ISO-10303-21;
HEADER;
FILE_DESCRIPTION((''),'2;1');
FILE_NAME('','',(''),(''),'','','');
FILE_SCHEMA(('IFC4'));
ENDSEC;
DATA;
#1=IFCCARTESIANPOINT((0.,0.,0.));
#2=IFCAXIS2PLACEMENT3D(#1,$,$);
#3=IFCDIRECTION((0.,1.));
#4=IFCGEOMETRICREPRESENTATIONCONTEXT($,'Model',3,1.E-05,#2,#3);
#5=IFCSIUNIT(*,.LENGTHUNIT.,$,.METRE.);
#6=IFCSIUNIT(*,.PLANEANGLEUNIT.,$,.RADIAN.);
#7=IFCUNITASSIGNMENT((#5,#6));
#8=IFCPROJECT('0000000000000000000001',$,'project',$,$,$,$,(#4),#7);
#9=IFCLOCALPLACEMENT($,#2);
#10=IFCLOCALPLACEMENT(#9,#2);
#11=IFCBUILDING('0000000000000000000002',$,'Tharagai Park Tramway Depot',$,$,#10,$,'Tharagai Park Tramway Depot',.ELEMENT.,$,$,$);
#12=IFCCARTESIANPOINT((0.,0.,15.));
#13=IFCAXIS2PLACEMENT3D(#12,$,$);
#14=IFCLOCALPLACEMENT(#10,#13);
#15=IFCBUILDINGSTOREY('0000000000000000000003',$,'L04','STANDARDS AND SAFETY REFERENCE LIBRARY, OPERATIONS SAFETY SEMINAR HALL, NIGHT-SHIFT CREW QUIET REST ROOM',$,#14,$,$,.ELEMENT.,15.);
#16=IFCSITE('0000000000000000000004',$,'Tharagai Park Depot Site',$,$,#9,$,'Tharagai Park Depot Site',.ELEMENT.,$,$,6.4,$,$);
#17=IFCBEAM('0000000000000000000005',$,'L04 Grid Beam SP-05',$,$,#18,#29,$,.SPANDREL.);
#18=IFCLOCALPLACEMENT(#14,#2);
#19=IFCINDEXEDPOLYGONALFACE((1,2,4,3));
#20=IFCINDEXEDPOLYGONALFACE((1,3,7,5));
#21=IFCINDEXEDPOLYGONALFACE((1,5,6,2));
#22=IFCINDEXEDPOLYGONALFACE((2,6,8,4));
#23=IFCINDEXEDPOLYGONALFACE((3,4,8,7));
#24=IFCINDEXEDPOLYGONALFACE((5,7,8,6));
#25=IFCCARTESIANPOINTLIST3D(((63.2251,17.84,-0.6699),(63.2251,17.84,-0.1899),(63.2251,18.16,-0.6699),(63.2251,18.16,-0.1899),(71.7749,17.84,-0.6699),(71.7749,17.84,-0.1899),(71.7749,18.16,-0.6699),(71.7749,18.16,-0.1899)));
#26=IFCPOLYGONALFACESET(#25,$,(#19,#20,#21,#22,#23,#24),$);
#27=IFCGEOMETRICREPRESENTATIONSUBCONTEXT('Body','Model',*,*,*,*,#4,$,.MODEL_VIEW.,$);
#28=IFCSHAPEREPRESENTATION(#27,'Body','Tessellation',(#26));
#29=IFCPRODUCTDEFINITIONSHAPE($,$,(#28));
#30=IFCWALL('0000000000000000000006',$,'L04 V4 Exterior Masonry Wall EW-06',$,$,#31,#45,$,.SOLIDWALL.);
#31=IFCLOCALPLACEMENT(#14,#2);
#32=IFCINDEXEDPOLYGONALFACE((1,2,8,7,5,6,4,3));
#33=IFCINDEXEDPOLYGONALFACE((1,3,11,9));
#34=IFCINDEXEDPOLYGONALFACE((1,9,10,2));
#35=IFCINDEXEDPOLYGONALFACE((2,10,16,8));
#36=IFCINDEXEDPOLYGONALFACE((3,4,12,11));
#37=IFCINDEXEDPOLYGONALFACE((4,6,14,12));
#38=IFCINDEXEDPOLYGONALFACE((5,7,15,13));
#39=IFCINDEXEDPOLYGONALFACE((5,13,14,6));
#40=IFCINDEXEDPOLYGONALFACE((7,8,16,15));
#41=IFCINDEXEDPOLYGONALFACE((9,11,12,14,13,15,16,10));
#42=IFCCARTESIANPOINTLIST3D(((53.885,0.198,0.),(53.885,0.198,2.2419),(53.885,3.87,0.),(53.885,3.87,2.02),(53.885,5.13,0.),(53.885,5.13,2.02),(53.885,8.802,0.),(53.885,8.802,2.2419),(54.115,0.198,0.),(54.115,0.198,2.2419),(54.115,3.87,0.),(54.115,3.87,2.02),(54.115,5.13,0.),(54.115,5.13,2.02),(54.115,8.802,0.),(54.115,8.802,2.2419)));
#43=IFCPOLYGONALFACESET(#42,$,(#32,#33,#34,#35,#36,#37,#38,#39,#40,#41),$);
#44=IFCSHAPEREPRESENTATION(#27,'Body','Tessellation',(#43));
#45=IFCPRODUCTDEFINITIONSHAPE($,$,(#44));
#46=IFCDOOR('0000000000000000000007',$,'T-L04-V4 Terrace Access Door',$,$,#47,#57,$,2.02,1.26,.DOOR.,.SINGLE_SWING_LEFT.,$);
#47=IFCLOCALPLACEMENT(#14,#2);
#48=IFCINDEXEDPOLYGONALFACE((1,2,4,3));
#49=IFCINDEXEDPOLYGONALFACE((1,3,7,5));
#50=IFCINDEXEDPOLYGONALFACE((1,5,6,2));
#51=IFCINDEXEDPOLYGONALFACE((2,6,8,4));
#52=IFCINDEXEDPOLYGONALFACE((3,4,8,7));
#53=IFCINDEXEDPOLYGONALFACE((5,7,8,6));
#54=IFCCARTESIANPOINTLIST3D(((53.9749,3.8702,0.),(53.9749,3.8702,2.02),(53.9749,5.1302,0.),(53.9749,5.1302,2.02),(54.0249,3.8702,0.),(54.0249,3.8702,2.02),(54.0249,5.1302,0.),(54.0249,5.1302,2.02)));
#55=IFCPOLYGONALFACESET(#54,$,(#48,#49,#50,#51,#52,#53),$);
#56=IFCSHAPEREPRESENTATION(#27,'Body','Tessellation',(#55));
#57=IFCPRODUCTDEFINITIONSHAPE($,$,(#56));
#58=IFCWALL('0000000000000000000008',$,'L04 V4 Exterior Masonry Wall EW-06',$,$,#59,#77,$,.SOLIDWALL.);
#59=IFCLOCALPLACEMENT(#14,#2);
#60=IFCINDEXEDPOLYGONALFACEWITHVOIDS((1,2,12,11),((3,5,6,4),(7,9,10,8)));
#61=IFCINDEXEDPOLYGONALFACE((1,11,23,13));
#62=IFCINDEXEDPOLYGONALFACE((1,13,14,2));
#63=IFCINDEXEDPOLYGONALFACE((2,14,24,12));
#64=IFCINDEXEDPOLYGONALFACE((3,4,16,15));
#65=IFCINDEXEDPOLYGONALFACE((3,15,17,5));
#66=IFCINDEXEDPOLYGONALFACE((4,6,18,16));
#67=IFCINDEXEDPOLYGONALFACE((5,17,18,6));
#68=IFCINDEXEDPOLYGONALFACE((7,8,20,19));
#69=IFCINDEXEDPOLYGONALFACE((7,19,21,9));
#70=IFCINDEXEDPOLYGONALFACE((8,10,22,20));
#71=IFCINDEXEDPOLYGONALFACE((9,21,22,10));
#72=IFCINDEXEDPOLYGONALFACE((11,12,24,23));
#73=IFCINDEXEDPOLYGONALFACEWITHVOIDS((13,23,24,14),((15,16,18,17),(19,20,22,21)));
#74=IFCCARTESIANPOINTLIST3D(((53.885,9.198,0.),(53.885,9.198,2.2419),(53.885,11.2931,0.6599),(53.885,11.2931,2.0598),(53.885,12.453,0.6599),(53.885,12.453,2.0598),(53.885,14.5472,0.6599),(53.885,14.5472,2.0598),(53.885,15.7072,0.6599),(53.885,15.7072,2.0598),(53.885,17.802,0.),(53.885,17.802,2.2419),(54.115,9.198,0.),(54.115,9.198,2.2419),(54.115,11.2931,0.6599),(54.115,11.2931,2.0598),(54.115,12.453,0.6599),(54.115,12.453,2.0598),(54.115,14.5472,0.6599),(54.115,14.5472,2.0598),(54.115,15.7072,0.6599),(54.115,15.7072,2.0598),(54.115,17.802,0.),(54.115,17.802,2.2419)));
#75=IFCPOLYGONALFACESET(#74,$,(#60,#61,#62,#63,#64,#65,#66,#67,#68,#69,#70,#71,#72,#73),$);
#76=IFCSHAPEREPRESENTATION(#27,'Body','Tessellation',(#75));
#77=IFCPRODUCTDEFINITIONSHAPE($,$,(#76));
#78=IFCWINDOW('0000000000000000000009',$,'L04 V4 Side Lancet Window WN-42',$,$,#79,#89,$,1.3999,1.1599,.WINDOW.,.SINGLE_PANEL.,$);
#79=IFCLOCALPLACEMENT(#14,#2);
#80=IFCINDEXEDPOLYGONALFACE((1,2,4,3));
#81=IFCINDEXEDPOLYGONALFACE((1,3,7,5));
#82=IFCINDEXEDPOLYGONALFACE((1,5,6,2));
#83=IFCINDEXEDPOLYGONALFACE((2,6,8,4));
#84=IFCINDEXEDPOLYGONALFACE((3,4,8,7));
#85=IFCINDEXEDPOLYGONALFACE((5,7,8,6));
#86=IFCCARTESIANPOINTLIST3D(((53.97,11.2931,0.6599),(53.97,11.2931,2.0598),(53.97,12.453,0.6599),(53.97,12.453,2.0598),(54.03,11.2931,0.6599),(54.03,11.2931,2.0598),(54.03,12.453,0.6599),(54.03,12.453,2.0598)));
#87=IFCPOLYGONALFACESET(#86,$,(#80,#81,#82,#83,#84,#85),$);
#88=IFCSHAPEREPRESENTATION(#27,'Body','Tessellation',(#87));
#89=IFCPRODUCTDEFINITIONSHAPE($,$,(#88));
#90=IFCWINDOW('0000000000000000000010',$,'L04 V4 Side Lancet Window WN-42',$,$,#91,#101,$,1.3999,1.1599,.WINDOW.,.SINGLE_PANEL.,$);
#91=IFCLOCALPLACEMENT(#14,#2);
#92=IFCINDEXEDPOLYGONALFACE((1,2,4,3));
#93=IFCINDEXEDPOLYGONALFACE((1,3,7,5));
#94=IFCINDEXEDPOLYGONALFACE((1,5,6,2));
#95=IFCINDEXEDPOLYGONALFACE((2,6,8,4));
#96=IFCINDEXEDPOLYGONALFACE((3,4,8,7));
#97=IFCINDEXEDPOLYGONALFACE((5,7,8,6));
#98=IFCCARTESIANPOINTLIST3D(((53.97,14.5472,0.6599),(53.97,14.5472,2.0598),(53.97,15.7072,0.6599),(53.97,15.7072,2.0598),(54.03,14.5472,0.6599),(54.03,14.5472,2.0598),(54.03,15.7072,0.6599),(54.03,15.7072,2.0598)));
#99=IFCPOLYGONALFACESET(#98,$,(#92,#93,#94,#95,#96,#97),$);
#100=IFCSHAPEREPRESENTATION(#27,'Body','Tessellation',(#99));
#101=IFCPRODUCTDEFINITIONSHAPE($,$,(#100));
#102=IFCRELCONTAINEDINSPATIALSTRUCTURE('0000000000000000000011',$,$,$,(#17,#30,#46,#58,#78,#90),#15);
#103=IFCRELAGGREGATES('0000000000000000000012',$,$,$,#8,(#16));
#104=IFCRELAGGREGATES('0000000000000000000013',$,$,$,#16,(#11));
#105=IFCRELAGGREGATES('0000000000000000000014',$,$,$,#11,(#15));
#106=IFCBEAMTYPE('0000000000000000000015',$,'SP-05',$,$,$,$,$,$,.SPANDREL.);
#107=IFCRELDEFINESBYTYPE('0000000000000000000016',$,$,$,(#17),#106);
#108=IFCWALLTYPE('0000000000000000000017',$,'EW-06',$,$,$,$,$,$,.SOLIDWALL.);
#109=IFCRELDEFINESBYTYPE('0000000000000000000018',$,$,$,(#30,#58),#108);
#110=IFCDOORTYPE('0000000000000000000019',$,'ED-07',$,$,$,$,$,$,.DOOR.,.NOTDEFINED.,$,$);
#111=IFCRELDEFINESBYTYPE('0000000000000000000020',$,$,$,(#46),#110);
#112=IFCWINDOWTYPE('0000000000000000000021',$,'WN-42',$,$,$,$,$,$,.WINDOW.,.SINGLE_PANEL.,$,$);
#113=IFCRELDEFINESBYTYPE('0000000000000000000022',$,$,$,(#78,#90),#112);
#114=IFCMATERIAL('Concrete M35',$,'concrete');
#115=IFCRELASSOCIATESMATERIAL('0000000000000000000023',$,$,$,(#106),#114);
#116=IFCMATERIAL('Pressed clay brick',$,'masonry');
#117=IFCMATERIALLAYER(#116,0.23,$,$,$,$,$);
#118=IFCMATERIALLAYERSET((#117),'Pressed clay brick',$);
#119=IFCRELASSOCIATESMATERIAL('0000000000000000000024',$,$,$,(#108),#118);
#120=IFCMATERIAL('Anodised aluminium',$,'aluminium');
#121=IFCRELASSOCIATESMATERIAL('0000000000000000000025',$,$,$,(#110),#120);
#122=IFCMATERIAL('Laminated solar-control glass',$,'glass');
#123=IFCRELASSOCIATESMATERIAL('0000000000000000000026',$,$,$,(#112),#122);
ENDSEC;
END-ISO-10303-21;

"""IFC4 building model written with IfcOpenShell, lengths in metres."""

from ifc_helpers import new_model, si_unit, direction, frame, frame_2d, origin, origin_2d, place, context, subcontext, project, spatial, rectangle, extrude, material, layer, layer_set, material_profile, profile_set, type_object, element, fill, save


model = new_model("IFC4")

# Units and contexts
model_context = context("Model", 3, precision=1e-05, world=origin(), true_north=direction((0.0, 1.0)))
body_context = subcontext(model_context, "Body", "Model", "MODEL_VIEW")
ifc_project = project(units=[si_unit("LENGTHUNIT", "METRE"), si_unit("PLANEANGLEUNIT", "RADIAN")], contexts=[model_context])

# Site, building, storey
site_placement = place(None, origin())
site = spatial("IfcSite", under=ifc_project, at=site_placement, Name="Tharagai Park Depot Site", LongName="Tharagai Park Depot Site", CompositionType="ELEMENT", RefElevation=6.4)
building_placement = place(site_placement, origin())
building = spatial("IfcBuilding", under=site, at=building_placement, Name="Tharagai Park Tramway Depot", LongName="Tharagai Park Tramway Depot", CompositionType="ELEMENT")
storey_placement = place(building_placement, frame((0.0, 0.0, 15.0)))
storey = spatial("IfcBuildingStorey", under=building, at=storey_placement, Name="L04", Description="STANDARDS AND SAFETY REFERENCE LIBRARY, OPERATIONS SAFETY SEMINAR HALL, NIGHT-SHIFT CREW QUIET REST ROOM", CompositionType="ELEMENT", Elevation=15.0)

# Beam
ifc_material_1 = material(Name="Concrete M35", Category="concrete")
ifc_material_profile_1 = material_profile(ifc_material_1, rectangle(XDim=0.3201, YDim=0.48, at=origin_2d()), Name="RC 320x480")
ifc_profile_set_1 = profile_set([ifc_material_profile_1], Name="Concrete M35")
beam_type_1 = type_object("IfcBeamType", Name="SP-05", PredefinedType="SPANDREL", material=ifc_profile_set_1)
for number, where, z_axis, x_axis, name in (
    (1, (63.2251, 18.0, -0.4299), (1.0, 0.0, 0.0), (0.0, 1.0, 0.0), "L04 Grid Beam SP-05"),
):
    element("IfcBeam", number, at=place(storey_placement, frame(where, z_axis=z_axis, x_axis=x_axis)), inside=storey, type_object=beam_type_1, Name=name, PredefinedType="SPANDREL", context=body_context, shape_type="SweptSolid", body=[
        extrude(rectangle(XDim=0.3201, YDim=0.48, at=origin_2d()), origin(), (0.0, 0.0, 1.0), 8.5498),
    ])

# Wall, opening, door
ifc_material_2 = material(Name="Pressed clay brick", Category="masonry")
ifc_layer = layer(ifc_material_2, 0.23)
ifc_layer_set = layer_set([ifc_layer], Name="Pressed clay brick")
wall_type = type_object("IfcWallType", Name="EW-06", PredefinedType="SOLIDWALL", material=ifc_layer_set)
wall_1_placement = place(storey_placement, frame((54.0, 0.198, 0.0), z_axis=(0.0, 0.0, 1.0), x_axis=(0.0, 1.0, 0.0)))
wall_1 = element("IfcWall", 2, at=wall_1_placement, inside=storey, type_object=wall_type, Name="L04 V4 Exterior Masonry Wall EW-06", PredefinedType="SOLIDWALL", context=body_context, shape_type="SweptSolid", body=[
    extrude(rectangle(XDim=8.604, YDim=0.23, at=frame_2d((4.302, 0.0))), origin(), (0.0, 0.0, 1.0), 2.2419),
])
opening_1_placement = place(wall_1_placement, frame((3.6721, 0.0, 0.0)))
opening_1 = element("IfcOpeningElement", 3, at=opening_1_placement, cuts=wall_1, PredefinedType="OPENING", context=body_context, shape_type="SweptSolid", body=[
    extrude(rectangle(XDim=1.26, YDim=2.02, at=frame_2d((0.6299, 1.01))), frame((0.0, 0.125, 0.0), z_axis=(0.0, -1.0, 0.0), x_axis=(1.0, 0.0, 0.0)), (0.0, 0.0, 1.0), 0.25),
])
ifc_material_3 = material(Name="Anodised aluminium", Category="aluminium")
door_type = type_object("IfcDoorType", Name="ED-07", OperationType="NOTDEFINED", PredefinedType="DOOR", material=ifc_material_3)
door_placement = place(opening_1_placement, frame((1.26, 0.0, 0.0), z_axis=(0.0, 0.0, 1.0), x_axis=(-1.0, 0.0, 0.0)))
door = element("IfcDoor", 4, at=door_placement, inside=storey, type_object=door_type, Name="T-L04-V4 Terrace Access Door", OperationType="SINGLE_SWING_LEFT", OverallHeight=2.02, OverallWidth=1.26, PredefinedType="DOOR", context=body_context, shape_type="SweptSolid", body=[
    extrude(rectangle(XDim=1.26, YDim=2.02, at=frame_2d((0.6299, 1.01))), frame((0.0, 0.0249, 0.0), z_axis=(0.0, -1.0, 0.0), x_axis=(1.0, 0.0, 0.0)), (0.0, 0.0, 1.0), 0.05),
])
fill(opening_1, door)

# Wall, openings, windows
wall_2_placement = place(storey_placement, frame((54.0, 9.198, 0.0), z_axis=(0.0, 0.0, 1.0), x_axis=(0.0, 1.0, 0.0)))
wall_2 = element("IfcWall", 5, at=wall_2_placement, inside=storey, type_object=wall_type, Name="L04 V4 Exterior Masonry Wall EW-06", PredefinedType="SOLIDWALL", context=body_context, shape_type="SweptSolid", body=[
    extrude(rectangle(XDim=8.604, YDim=0.23, at=frame_2d((4.302, 0.0))), origin(), (0.0, 0.0, 1.0), 2.2419),
])
opening_2_placement = place(wall_2_placement, frame((2.095, 0.0, 0.6599)))
opening_2 = element("IfcOpeningElement", 6, at=opening_2_placement, cuts=wall_2, PredefinedType="OPENING", context=body_context, shape_type="SweptSolid", body=[
    extrude(rectangle(XDim=1.1599, YDim=1.3999, at=frame_2d((0.5801, 0.7))), frame((0.0, 0.125, 0.0), z_axis=(0.0, -1.0, 0.0), x_axis=(1.0, 0.0, 0.0)), (0.0, 0.0, 1.0), 0.25),
])
opening_3_placement = place(wall_2_placement, frame((5.3491, 0.0, 0.6599)))
opening_3 = element("IfcOpeningElement", 7, at=opening_3_placement, cuts=wall_2, PredefinedType="OPENING", context=body_context, shape_type="SweptSolid", body=[
    extrude(rectangle(XDim=1.1599, YDim=1.3999, at=frame_2d((0.5801, 0.7))), frame((0.0, 0.125, 0.0), z_axis=(0.0, -1.0, 0.0), x_axis=(1.0, 0.0, 0.0)), (0.0, 0.0, 1.0), 0.25),
])
ifc_material_4 = material(Name="Laminated solar-control glass", Category="glass")
window_type = type_object("IfcWindowType", Name="WN-42", PartitioningType="SINGLE_PANEL", PredefinedType="WINDOW", material=ifc_material_4)
window_1_placement = place(opening_2_placement, origin())
window_1 = element("IfcWindow", 8, at=window_1_placement, inside=storey, type_object=window_type, Name="L04 V4 Side Lancet Window WN-42", OverallHeight=1.3999, OverallWidth=1.1599, PartitioningType="SINGLE_PANEL", PredefinedType="WINDOW", context=body_context, shape_type="SweptSolid", body=[
    extrude(rectangle(XDim=1.1599, YDim=1.3999, at=frame_2d((0.5801, 0.7))), frame((0.0, 0.03, 0.0), z_axis=(0.0, -1.0, 0.0), x_axis=(1.0, 0.0, 0.0)), (0.0, 0.0, 1.0), 0.0601),
])
fill(opening_2, window_1)
window_2_placement = place(opening_3_placement, origin())
window_2 = element("IfcWindow", 9, at=window_2_placement, inside=storey, type_object=window_type, Name="L04 V4 Side Lancet Window WN-42", OverallHeight=1.3999, OverallWidth=1.1599, PartitioningType="SINGLE_PANEL", PredefinedType="WINDOW", context=body_context, shape_type="SweptSolid", body=[
    extrude(rectangle(XDim=1.1599, YDim=1.3999, at=frame_2d((0.5801, 0.7))), frame((0.0, 0.03, 0.0), z_axis=(0.0, -1.0, 0.0), x_axis=(1.0, 0.0, 0.0)), (0.0, 0.0, 1.0), 0.0601),
])
fill(opening_3, window_2)

save(model, "model.ifc")
